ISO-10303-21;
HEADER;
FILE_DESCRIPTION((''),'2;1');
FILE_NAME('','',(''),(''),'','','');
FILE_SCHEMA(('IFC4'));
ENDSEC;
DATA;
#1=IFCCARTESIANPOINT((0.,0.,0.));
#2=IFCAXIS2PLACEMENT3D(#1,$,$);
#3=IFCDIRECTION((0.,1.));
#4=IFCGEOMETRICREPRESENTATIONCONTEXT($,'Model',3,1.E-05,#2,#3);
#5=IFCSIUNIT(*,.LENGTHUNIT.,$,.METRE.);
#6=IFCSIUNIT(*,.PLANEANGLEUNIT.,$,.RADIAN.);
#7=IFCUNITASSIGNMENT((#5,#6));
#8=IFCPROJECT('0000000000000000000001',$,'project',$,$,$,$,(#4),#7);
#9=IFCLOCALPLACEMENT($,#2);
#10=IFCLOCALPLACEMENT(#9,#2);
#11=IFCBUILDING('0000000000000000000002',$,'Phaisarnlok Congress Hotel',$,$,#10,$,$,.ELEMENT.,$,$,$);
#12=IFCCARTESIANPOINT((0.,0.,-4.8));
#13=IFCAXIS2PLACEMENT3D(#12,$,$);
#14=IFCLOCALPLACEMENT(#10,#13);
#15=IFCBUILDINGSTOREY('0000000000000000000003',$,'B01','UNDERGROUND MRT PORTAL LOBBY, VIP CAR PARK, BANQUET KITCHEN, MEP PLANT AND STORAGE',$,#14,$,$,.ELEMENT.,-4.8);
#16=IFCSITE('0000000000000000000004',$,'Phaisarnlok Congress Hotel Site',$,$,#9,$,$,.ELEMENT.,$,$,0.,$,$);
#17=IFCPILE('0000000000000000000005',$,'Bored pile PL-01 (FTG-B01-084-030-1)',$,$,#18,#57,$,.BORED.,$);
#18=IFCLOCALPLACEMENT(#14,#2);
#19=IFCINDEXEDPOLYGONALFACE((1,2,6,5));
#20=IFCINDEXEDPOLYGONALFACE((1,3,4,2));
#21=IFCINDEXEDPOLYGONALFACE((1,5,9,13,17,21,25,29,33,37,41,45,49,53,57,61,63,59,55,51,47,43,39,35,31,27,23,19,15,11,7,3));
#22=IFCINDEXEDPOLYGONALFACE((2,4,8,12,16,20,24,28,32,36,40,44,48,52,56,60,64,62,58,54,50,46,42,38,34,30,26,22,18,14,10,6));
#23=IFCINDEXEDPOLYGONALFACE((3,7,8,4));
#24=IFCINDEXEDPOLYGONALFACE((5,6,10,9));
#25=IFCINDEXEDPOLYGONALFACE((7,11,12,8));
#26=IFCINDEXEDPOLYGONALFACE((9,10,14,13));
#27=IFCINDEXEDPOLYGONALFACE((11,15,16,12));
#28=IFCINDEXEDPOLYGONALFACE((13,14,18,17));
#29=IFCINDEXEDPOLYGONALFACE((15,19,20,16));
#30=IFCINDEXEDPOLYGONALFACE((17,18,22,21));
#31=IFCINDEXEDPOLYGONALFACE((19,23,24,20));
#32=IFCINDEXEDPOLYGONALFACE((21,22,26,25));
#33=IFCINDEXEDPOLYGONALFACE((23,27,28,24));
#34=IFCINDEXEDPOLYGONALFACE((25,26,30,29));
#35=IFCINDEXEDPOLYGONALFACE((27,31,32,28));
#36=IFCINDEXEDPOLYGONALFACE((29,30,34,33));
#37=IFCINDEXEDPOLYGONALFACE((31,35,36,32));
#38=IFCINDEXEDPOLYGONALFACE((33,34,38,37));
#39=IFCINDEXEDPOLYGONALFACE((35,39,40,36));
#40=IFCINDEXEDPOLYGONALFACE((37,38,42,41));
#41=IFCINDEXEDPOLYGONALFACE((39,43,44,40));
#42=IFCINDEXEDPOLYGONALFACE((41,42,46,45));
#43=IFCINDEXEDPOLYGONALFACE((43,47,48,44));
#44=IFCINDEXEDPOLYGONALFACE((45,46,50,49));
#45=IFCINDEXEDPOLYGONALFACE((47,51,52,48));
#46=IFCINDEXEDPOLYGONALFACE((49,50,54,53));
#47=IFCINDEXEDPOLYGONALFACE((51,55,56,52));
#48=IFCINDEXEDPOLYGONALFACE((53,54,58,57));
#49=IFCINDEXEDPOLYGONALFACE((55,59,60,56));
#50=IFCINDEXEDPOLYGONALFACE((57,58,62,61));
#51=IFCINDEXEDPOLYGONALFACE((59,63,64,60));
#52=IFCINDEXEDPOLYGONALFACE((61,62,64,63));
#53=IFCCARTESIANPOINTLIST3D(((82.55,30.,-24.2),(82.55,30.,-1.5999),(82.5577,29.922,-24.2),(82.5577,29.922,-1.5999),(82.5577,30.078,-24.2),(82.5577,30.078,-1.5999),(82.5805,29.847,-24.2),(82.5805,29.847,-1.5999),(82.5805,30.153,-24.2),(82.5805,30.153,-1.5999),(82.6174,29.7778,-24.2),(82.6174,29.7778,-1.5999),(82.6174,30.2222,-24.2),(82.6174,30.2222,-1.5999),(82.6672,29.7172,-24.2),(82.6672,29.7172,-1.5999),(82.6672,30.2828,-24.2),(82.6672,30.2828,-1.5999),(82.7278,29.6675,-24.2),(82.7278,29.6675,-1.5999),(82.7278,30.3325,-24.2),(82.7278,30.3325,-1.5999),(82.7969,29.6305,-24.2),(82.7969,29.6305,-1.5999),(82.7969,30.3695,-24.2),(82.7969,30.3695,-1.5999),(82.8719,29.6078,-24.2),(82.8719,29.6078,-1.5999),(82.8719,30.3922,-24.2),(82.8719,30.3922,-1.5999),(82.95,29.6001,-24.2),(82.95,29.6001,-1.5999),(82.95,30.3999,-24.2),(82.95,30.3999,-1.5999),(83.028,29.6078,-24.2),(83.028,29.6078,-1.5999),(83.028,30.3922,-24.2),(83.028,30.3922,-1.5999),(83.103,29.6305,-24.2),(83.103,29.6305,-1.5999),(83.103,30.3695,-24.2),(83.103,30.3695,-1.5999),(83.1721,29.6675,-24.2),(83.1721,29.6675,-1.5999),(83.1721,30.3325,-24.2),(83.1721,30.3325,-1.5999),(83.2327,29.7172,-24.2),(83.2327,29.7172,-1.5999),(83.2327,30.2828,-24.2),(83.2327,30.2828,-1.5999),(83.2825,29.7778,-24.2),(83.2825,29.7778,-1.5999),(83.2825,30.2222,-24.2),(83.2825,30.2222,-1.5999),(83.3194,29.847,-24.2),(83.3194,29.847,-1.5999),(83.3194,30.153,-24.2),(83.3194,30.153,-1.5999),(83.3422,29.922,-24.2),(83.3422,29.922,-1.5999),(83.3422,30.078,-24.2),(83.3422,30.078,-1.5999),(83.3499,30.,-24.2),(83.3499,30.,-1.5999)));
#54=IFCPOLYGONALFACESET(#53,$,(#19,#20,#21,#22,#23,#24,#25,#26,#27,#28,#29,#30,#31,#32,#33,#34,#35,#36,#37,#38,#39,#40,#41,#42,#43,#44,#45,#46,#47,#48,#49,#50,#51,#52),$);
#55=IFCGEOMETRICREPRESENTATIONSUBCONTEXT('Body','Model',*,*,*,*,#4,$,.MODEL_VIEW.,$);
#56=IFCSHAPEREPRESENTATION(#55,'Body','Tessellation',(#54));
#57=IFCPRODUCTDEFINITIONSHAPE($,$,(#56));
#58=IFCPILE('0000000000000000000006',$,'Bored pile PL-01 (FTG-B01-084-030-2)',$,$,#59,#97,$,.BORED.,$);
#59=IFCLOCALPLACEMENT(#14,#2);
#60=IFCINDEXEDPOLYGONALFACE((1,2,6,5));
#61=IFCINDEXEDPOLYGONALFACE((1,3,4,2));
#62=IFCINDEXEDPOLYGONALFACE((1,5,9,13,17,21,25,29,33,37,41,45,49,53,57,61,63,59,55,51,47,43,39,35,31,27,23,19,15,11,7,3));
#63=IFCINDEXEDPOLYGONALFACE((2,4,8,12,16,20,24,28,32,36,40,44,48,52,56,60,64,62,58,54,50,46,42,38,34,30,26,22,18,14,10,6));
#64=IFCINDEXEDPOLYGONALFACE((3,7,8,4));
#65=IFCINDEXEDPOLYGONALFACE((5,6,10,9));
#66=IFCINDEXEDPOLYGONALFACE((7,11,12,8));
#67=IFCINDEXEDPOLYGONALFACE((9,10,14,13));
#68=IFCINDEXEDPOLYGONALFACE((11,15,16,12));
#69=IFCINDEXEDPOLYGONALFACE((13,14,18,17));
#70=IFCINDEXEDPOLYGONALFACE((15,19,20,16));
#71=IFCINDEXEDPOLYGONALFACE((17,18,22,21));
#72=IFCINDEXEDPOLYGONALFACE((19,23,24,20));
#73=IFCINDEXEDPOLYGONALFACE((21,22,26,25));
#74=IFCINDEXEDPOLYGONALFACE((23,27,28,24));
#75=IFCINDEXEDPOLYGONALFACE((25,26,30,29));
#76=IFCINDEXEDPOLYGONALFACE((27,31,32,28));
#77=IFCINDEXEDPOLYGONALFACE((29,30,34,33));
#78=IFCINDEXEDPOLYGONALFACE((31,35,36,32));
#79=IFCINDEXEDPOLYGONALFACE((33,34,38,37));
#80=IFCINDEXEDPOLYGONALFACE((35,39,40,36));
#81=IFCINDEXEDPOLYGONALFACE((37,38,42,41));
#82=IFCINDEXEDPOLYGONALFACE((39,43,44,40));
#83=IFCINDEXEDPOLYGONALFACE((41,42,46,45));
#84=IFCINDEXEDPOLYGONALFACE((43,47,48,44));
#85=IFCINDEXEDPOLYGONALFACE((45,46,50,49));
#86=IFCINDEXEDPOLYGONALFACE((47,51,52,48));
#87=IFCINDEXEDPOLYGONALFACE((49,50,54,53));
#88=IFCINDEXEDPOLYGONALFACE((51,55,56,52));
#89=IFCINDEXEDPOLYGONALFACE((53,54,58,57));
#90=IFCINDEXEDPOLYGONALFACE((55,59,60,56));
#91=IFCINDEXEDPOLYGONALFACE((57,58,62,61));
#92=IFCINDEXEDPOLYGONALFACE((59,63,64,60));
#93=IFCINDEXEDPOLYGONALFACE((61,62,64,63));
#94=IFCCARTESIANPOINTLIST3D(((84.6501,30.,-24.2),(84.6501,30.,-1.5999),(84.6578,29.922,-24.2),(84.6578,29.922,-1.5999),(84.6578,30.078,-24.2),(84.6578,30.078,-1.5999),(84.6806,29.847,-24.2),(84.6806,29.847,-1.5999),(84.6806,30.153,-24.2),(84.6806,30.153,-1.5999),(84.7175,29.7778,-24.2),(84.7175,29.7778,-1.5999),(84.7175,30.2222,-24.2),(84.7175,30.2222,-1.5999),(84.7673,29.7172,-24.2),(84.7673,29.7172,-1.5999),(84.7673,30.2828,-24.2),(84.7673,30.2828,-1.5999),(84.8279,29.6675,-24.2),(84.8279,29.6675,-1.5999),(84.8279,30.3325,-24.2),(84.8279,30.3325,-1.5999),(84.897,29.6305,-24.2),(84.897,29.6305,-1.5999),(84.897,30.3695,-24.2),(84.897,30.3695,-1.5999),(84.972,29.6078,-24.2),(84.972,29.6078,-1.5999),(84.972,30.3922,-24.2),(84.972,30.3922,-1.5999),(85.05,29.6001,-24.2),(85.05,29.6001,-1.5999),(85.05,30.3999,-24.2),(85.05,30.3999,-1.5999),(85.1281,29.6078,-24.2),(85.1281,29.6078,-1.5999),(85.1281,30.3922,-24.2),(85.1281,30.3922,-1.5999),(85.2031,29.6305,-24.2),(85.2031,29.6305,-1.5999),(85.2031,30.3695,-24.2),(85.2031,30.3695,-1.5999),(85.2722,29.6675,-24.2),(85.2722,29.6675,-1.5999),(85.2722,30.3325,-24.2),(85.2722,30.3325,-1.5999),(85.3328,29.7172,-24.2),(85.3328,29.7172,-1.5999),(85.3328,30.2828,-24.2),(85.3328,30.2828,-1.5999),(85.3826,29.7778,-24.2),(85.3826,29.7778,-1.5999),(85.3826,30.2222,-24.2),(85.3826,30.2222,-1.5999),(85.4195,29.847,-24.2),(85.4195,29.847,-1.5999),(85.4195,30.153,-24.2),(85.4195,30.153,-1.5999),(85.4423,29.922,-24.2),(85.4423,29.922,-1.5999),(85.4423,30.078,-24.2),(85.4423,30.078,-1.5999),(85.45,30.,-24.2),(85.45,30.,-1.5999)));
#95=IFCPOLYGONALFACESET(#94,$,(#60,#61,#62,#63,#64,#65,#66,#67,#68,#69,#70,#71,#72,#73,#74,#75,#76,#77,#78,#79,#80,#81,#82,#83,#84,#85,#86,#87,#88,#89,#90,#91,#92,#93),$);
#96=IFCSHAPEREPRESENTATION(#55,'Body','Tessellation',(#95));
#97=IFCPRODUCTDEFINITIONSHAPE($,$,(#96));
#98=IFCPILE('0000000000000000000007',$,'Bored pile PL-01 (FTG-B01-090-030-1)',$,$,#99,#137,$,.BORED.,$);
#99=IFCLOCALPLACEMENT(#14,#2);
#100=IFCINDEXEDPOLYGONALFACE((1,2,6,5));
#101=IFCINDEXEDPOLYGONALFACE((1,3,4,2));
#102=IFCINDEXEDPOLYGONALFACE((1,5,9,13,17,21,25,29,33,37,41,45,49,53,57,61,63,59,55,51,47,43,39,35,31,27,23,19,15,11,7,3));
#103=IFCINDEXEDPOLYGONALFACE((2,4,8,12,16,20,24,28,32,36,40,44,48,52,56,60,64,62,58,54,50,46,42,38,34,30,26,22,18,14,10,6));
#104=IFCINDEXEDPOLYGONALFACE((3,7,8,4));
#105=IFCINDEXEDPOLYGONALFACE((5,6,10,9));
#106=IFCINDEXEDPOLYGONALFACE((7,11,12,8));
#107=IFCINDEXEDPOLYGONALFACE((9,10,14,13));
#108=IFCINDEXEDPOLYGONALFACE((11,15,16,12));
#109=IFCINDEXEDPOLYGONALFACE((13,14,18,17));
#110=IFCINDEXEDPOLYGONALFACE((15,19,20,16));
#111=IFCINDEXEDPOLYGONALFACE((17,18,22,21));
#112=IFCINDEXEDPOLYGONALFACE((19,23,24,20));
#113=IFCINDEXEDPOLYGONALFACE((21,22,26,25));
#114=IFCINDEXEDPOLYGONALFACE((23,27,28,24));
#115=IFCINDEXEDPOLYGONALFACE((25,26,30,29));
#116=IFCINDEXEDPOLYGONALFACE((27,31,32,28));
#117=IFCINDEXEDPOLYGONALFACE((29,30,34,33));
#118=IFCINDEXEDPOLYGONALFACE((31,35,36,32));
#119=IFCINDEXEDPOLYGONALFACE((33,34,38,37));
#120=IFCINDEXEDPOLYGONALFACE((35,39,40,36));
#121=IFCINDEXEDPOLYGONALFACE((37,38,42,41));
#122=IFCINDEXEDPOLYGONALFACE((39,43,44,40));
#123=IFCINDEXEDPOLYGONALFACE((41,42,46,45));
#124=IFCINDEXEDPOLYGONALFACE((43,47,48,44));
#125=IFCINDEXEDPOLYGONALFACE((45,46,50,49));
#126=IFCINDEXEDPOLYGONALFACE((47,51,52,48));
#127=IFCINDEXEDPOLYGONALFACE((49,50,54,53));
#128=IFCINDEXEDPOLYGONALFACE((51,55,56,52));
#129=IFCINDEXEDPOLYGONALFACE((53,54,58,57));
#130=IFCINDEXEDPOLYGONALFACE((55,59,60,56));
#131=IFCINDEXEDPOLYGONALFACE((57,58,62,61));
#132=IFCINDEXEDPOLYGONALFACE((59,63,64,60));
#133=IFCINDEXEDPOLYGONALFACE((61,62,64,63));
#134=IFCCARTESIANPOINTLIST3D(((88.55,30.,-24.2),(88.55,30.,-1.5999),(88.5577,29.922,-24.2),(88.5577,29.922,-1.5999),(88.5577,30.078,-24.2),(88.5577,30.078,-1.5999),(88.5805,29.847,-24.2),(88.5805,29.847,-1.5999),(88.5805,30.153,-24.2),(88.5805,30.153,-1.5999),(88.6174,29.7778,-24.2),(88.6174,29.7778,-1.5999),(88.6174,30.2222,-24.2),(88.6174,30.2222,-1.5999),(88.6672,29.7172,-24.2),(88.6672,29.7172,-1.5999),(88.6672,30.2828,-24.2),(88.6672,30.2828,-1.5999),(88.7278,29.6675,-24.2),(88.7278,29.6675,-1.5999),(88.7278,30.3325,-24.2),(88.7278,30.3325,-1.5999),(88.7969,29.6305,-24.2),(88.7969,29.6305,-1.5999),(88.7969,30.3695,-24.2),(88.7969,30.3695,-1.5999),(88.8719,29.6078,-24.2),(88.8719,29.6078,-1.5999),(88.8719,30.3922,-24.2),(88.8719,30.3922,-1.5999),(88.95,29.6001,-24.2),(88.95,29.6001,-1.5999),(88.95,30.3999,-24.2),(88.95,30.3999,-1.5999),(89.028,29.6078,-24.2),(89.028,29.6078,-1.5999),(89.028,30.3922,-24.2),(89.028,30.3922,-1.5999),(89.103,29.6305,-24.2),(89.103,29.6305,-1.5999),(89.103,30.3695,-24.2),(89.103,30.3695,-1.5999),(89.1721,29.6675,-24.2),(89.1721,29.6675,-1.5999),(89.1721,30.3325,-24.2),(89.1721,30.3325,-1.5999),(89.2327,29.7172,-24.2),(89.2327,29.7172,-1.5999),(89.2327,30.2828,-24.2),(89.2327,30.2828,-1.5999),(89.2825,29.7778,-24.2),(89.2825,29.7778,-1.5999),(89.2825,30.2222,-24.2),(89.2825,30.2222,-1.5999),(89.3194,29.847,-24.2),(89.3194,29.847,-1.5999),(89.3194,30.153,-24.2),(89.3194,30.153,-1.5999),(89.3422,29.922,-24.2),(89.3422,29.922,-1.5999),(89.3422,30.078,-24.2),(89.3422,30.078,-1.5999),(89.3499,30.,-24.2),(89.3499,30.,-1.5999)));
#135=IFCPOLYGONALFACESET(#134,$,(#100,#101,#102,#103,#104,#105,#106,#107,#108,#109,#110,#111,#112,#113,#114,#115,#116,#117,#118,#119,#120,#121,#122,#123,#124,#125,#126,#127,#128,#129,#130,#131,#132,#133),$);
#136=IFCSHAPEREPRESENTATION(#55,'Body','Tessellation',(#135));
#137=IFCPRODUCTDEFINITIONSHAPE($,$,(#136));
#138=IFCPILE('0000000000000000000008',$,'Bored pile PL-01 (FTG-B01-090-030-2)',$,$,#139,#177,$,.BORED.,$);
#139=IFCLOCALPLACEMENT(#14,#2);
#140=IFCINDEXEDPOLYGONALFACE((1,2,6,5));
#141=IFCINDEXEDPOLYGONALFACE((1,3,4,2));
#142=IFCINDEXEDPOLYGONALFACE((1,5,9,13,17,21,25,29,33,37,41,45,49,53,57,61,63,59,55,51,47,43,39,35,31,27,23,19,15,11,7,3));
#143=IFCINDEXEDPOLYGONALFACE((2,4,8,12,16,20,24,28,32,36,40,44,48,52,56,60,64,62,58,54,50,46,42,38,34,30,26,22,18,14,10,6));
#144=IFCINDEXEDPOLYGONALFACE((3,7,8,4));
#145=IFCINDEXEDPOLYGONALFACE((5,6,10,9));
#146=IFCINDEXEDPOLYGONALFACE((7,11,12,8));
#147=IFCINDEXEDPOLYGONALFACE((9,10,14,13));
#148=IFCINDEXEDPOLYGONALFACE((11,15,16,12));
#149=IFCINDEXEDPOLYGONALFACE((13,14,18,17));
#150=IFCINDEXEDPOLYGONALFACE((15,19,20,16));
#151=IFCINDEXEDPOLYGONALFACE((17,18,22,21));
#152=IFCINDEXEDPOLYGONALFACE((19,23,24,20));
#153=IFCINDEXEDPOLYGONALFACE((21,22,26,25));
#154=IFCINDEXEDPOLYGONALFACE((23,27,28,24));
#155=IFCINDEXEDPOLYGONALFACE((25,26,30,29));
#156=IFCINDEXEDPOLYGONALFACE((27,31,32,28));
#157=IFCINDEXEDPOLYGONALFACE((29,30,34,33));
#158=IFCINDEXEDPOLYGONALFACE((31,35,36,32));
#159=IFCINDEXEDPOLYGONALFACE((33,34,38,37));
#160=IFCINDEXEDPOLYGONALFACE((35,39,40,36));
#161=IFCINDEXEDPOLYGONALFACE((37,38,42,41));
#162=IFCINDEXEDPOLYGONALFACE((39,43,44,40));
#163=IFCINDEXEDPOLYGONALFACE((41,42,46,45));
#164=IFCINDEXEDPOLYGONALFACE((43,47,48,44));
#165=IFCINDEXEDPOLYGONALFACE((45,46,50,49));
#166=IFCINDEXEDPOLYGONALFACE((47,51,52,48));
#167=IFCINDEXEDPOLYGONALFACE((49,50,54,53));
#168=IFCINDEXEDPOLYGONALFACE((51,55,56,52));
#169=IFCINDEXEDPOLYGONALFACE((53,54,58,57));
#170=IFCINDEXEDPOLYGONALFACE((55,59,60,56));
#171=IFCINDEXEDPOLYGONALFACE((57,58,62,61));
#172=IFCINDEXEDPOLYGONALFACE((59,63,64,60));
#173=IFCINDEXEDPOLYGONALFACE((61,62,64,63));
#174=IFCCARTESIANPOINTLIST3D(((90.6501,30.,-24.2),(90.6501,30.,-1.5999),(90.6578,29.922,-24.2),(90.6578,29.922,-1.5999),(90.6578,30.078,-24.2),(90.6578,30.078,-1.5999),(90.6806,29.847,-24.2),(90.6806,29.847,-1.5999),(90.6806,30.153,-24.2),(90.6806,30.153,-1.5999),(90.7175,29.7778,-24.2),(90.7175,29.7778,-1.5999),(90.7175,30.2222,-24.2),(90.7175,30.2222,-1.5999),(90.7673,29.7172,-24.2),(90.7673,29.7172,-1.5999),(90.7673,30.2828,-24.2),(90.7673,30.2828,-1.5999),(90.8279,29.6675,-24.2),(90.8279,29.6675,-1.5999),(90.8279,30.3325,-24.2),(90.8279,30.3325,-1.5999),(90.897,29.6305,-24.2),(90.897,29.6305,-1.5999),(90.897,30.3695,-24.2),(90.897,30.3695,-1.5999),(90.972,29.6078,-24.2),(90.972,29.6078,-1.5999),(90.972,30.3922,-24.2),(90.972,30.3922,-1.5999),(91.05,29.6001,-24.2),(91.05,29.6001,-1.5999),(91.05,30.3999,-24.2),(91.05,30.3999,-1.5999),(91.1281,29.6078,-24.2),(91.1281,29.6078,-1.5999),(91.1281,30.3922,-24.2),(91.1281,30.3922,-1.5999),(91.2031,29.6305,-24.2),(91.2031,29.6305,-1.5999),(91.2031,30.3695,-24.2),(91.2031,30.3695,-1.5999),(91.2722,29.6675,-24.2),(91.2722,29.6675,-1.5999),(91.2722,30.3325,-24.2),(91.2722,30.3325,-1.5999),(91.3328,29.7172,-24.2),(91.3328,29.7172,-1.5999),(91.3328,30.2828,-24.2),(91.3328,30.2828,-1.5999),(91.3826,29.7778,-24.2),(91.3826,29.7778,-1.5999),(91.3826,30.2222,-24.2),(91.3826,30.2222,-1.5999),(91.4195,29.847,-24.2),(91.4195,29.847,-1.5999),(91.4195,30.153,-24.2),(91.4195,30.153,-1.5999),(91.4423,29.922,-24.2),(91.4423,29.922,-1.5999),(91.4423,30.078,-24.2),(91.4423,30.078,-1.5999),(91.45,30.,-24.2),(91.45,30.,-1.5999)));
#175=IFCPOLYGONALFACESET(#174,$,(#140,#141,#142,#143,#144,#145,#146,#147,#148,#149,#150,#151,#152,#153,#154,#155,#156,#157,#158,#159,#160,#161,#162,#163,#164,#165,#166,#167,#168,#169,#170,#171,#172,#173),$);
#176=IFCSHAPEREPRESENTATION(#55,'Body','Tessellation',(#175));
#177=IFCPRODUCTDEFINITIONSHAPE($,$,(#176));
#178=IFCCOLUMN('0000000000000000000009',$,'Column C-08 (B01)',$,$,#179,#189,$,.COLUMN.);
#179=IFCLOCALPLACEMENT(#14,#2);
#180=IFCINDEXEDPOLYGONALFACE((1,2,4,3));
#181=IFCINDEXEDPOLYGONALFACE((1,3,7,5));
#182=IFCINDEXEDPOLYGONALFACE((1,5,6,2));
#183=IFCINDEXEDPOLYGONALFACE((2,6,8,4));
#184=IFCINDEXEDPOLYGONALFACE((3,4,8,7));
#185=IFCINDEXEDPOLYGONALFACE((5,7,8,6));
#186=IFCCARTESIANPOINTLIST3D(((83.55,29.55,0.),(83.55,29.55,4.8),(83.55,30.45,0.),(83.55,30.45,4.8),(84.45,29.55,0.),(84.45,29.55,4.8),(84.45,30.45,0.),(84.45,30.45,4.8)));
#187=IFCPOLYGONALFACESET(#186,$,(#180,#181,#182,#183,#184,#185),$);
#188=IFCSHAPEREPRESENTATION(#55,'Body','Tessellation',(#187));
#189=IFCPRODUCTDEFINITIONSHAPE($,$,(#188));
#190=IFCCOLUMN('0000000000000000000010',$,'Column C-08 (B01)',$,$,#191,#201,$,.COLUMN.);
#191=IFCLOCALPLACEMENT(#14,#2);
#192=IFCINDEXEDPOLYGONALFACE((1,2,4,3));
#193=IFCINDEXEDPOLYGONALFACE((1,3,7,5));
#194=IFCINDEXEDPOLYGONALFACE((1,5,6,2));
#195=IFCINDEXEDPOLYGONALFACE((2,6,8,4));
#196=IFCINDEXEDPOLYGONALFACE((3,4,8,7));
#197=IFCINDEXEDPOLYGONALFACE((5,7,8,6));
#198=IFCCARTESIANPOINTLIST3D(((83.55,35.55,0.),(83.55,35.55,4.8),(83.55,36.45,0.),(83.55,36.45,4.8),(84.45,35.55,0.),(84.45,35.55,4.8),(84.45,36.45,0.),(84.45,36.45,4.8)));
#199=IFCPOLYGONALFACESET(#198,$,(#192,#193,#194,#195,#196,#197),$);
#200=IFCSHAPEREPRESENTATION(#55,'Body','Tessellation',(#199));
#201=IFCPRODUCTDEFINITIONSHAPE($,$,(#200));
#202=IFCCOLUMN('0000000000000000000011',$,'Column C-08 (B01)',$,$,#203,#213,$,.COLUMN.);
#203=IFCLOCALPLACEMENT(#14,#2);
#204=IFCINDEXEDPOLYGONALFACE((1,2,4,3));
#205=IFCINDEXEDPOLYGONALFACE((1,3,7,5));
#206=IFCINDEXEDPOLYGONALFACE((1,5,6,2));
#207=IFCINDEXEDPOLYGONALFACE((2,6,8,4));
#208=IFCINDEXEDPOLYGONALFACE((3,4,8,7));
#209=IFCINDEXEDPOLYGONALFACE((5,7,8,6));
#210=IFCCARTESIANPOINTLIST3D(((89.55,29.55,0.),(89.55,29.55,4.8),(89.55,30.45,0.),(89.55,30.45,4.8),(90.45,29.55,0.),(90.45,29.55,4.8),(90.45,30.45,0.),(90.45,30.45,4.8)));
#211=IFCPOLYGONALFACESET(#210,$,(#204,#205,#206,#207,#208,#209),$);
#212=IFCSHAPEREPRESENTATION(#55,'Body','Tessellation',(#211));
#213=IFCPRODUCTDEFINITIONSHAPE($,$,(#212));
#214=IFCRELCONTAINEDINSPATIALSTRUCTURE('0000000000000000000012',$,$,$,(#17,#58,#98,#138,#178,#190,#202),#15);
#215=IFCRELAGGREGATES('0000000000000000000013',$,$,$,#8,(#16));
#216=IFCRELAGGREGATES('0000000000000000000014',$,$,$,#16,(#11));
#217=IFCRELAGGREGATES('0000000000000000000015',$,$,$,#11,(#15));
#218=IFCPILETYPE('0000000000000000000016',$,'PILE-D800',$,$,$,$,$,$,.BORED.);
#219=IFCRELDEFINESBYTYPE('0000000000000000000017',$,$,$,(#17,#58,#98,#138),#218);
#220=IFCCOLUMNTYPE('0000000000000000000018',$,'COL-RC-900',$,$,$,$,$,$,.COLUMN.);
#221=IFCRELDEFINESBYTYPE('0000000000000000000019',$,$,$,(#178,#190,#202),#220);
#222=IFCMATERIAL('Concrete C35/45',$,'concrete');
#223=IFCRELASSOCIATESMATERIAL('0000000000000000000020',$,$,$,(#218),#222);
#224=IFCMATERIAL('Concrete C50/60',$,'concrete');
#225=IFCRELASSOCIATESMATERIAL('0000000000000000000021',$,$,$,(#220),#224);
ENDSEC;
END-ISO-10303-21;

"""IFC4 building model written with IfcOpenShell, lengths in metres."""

from ifc_helpers import new_model, si_unit, direction, frame, origin, origin_2d, place, context, subcontext, project, spatial, rectangle, circle, extrude, material, material_profile, profile_set, type_object, element, save


model = new_model("IFC4")

# Units and contexts
model_context = context("Model", 3, precision=1e-05, world=origin(), true_north=direction((0.0, 1.0)))
body_context = subcontext(model_context, "Body", "Model", "MODEL_VIEW")
ifc_project = project(units=[si_unit("LENGTHUNIT", "METRE"), si_unit("PLANEANGLEUNIT", "RADIAN")], contexts=[model_context])

# Site, building, storey
site_placement = place(None, origin())
site = spatial("IfcSite", under=ifc_project, at=site_placement, Name="Phaisarnlok Congress Hotel Site", CompositionType="ELEMENT", RefElevation=0.0)
building_placement = place(site_placement, origin())
building = spatial("IfcBuilding", under=site, at=building_placement, Name="Phaisarnlok Congress Hotel", CompositionType="ELEMENT")
storey_placement = place(building_placement, frame((0.0, 0.0, -4.8)))
storey = spatial("IfcBuildingStorey", under=building, at=storey_placement, Name="B01", Description="UNDERGROUND MRT PORTAL LOBBY, VIP CAR PARK, BANQUET KITCHEN, MEP PLANT AND STORAGE", CompositionType="ELEMENT", Elevation=-4.8)

# Piles
ifc_material_1 = material(Name="Concrete C35/45", Category="concrete")
ifc_material_profile_1 = material_profile(ifc_material_1, circle(Radius=0.3999, at=origin_2d()), Name="BORED PILE D800")
ifc_profile_set_1 = profile_set([ifc_material_profile_1], Name="Concrete C35/45")
pile_type_1 = type_object("IfcPileType", Name="PILE-D800", PredefinedType="BORED", material=ifc_profile_set_1)
for number, where, z_axis, x_axis, name in (
    (1, (82.95, 30.0, -1.5999), (0.0, 0.0, -1.0), (1.0, 0.0, 0.0), "Bored pile PL-01 (FTG-B01-084-030-1)"),
    (2, (85.05, 30.0, -1.5999), (0.0, 0.0, -1.0), (1.0, 0.0, 0.0), "Bored pile PL-01 (FTG-B01-084-030-2)"),
    (3, (88.95, 30.0, -1.5999), (0.0, 0.0, -1.0), (1.0, 0.0, 0.0), "Bored pile PL-01 (FTG-B01-090-030-1)"),
    (4, (91.05, 30.0, -1.5999), (0.0, 0.0, -1.0), (1.0, 0.0, 0.0), "Bored pile PL-01 (FTG-B01-090-030-2)"),
):
    element("IfcPile", number, at=place(storey_placement, frame(where, z_axis=z_axis, x_axis=x_axis)), inside=storey, type_object=pile_type_1, Name=name, PredefinedType="BORED", context=body_context, shape_type="SweptSolid", body=[
        extrude(circle(Radius=0.3999, at=origin_2d()), origin(), (0.0, 0.0, 1.0), 22.6001),
    ])

# Columns
ifc_material_2 = material(Name="Concrete C50/60", Category="concrete")
ifc_material_profile_2 = material_profile(ifc_material_2, rectangle(XDim=0.8999, YDim=0.8999, at=origin_2d()), Name="RC 900x900")
ifc_profile_set_2 = profile_set([ifc_material_profile_2], Name="Concrete C50/60")
column_type = type_object("IfcColumnType", Name="COL-RC-900", PredefinedType="COLUMN", material=ifc_profile_set_2)
for number, where, z_axis, x_axis, name in (
    (5, (84.0, 30.0, 0.0), (0.0, 0.0, 1.0), (1.0, 0.0, 0.0), "Column C-08 (B01)"),
    (6, (84.0, 36.0, 0.0), (0.0, 0.0, 1.0), (1.0, 0.0, 0.0), "Column C-08 (B01)"),
    (7, (90.0, 30.0, 0.0), (0.0, 0.0, 1.0), (1.0, 0.0, 0.0), "Column C-08 (B01)"),
):
    element("IfcColumn", number, at=place(storey_placement, frame(where, z_axis=z_axis, x_axis=x_axis)), inside=storey, type_object=column_type, Name=name, PredefinedType="COLUMN", context=body_context, shape_type="SweptSolid", body=[
        extrude(rectangle(XDim=0.8999, YDim=0.8999, at=origin_2d()), origin(), (0.0, 0.0, 1.0), 4.8),
    ])

save(model, "model.ifc")
